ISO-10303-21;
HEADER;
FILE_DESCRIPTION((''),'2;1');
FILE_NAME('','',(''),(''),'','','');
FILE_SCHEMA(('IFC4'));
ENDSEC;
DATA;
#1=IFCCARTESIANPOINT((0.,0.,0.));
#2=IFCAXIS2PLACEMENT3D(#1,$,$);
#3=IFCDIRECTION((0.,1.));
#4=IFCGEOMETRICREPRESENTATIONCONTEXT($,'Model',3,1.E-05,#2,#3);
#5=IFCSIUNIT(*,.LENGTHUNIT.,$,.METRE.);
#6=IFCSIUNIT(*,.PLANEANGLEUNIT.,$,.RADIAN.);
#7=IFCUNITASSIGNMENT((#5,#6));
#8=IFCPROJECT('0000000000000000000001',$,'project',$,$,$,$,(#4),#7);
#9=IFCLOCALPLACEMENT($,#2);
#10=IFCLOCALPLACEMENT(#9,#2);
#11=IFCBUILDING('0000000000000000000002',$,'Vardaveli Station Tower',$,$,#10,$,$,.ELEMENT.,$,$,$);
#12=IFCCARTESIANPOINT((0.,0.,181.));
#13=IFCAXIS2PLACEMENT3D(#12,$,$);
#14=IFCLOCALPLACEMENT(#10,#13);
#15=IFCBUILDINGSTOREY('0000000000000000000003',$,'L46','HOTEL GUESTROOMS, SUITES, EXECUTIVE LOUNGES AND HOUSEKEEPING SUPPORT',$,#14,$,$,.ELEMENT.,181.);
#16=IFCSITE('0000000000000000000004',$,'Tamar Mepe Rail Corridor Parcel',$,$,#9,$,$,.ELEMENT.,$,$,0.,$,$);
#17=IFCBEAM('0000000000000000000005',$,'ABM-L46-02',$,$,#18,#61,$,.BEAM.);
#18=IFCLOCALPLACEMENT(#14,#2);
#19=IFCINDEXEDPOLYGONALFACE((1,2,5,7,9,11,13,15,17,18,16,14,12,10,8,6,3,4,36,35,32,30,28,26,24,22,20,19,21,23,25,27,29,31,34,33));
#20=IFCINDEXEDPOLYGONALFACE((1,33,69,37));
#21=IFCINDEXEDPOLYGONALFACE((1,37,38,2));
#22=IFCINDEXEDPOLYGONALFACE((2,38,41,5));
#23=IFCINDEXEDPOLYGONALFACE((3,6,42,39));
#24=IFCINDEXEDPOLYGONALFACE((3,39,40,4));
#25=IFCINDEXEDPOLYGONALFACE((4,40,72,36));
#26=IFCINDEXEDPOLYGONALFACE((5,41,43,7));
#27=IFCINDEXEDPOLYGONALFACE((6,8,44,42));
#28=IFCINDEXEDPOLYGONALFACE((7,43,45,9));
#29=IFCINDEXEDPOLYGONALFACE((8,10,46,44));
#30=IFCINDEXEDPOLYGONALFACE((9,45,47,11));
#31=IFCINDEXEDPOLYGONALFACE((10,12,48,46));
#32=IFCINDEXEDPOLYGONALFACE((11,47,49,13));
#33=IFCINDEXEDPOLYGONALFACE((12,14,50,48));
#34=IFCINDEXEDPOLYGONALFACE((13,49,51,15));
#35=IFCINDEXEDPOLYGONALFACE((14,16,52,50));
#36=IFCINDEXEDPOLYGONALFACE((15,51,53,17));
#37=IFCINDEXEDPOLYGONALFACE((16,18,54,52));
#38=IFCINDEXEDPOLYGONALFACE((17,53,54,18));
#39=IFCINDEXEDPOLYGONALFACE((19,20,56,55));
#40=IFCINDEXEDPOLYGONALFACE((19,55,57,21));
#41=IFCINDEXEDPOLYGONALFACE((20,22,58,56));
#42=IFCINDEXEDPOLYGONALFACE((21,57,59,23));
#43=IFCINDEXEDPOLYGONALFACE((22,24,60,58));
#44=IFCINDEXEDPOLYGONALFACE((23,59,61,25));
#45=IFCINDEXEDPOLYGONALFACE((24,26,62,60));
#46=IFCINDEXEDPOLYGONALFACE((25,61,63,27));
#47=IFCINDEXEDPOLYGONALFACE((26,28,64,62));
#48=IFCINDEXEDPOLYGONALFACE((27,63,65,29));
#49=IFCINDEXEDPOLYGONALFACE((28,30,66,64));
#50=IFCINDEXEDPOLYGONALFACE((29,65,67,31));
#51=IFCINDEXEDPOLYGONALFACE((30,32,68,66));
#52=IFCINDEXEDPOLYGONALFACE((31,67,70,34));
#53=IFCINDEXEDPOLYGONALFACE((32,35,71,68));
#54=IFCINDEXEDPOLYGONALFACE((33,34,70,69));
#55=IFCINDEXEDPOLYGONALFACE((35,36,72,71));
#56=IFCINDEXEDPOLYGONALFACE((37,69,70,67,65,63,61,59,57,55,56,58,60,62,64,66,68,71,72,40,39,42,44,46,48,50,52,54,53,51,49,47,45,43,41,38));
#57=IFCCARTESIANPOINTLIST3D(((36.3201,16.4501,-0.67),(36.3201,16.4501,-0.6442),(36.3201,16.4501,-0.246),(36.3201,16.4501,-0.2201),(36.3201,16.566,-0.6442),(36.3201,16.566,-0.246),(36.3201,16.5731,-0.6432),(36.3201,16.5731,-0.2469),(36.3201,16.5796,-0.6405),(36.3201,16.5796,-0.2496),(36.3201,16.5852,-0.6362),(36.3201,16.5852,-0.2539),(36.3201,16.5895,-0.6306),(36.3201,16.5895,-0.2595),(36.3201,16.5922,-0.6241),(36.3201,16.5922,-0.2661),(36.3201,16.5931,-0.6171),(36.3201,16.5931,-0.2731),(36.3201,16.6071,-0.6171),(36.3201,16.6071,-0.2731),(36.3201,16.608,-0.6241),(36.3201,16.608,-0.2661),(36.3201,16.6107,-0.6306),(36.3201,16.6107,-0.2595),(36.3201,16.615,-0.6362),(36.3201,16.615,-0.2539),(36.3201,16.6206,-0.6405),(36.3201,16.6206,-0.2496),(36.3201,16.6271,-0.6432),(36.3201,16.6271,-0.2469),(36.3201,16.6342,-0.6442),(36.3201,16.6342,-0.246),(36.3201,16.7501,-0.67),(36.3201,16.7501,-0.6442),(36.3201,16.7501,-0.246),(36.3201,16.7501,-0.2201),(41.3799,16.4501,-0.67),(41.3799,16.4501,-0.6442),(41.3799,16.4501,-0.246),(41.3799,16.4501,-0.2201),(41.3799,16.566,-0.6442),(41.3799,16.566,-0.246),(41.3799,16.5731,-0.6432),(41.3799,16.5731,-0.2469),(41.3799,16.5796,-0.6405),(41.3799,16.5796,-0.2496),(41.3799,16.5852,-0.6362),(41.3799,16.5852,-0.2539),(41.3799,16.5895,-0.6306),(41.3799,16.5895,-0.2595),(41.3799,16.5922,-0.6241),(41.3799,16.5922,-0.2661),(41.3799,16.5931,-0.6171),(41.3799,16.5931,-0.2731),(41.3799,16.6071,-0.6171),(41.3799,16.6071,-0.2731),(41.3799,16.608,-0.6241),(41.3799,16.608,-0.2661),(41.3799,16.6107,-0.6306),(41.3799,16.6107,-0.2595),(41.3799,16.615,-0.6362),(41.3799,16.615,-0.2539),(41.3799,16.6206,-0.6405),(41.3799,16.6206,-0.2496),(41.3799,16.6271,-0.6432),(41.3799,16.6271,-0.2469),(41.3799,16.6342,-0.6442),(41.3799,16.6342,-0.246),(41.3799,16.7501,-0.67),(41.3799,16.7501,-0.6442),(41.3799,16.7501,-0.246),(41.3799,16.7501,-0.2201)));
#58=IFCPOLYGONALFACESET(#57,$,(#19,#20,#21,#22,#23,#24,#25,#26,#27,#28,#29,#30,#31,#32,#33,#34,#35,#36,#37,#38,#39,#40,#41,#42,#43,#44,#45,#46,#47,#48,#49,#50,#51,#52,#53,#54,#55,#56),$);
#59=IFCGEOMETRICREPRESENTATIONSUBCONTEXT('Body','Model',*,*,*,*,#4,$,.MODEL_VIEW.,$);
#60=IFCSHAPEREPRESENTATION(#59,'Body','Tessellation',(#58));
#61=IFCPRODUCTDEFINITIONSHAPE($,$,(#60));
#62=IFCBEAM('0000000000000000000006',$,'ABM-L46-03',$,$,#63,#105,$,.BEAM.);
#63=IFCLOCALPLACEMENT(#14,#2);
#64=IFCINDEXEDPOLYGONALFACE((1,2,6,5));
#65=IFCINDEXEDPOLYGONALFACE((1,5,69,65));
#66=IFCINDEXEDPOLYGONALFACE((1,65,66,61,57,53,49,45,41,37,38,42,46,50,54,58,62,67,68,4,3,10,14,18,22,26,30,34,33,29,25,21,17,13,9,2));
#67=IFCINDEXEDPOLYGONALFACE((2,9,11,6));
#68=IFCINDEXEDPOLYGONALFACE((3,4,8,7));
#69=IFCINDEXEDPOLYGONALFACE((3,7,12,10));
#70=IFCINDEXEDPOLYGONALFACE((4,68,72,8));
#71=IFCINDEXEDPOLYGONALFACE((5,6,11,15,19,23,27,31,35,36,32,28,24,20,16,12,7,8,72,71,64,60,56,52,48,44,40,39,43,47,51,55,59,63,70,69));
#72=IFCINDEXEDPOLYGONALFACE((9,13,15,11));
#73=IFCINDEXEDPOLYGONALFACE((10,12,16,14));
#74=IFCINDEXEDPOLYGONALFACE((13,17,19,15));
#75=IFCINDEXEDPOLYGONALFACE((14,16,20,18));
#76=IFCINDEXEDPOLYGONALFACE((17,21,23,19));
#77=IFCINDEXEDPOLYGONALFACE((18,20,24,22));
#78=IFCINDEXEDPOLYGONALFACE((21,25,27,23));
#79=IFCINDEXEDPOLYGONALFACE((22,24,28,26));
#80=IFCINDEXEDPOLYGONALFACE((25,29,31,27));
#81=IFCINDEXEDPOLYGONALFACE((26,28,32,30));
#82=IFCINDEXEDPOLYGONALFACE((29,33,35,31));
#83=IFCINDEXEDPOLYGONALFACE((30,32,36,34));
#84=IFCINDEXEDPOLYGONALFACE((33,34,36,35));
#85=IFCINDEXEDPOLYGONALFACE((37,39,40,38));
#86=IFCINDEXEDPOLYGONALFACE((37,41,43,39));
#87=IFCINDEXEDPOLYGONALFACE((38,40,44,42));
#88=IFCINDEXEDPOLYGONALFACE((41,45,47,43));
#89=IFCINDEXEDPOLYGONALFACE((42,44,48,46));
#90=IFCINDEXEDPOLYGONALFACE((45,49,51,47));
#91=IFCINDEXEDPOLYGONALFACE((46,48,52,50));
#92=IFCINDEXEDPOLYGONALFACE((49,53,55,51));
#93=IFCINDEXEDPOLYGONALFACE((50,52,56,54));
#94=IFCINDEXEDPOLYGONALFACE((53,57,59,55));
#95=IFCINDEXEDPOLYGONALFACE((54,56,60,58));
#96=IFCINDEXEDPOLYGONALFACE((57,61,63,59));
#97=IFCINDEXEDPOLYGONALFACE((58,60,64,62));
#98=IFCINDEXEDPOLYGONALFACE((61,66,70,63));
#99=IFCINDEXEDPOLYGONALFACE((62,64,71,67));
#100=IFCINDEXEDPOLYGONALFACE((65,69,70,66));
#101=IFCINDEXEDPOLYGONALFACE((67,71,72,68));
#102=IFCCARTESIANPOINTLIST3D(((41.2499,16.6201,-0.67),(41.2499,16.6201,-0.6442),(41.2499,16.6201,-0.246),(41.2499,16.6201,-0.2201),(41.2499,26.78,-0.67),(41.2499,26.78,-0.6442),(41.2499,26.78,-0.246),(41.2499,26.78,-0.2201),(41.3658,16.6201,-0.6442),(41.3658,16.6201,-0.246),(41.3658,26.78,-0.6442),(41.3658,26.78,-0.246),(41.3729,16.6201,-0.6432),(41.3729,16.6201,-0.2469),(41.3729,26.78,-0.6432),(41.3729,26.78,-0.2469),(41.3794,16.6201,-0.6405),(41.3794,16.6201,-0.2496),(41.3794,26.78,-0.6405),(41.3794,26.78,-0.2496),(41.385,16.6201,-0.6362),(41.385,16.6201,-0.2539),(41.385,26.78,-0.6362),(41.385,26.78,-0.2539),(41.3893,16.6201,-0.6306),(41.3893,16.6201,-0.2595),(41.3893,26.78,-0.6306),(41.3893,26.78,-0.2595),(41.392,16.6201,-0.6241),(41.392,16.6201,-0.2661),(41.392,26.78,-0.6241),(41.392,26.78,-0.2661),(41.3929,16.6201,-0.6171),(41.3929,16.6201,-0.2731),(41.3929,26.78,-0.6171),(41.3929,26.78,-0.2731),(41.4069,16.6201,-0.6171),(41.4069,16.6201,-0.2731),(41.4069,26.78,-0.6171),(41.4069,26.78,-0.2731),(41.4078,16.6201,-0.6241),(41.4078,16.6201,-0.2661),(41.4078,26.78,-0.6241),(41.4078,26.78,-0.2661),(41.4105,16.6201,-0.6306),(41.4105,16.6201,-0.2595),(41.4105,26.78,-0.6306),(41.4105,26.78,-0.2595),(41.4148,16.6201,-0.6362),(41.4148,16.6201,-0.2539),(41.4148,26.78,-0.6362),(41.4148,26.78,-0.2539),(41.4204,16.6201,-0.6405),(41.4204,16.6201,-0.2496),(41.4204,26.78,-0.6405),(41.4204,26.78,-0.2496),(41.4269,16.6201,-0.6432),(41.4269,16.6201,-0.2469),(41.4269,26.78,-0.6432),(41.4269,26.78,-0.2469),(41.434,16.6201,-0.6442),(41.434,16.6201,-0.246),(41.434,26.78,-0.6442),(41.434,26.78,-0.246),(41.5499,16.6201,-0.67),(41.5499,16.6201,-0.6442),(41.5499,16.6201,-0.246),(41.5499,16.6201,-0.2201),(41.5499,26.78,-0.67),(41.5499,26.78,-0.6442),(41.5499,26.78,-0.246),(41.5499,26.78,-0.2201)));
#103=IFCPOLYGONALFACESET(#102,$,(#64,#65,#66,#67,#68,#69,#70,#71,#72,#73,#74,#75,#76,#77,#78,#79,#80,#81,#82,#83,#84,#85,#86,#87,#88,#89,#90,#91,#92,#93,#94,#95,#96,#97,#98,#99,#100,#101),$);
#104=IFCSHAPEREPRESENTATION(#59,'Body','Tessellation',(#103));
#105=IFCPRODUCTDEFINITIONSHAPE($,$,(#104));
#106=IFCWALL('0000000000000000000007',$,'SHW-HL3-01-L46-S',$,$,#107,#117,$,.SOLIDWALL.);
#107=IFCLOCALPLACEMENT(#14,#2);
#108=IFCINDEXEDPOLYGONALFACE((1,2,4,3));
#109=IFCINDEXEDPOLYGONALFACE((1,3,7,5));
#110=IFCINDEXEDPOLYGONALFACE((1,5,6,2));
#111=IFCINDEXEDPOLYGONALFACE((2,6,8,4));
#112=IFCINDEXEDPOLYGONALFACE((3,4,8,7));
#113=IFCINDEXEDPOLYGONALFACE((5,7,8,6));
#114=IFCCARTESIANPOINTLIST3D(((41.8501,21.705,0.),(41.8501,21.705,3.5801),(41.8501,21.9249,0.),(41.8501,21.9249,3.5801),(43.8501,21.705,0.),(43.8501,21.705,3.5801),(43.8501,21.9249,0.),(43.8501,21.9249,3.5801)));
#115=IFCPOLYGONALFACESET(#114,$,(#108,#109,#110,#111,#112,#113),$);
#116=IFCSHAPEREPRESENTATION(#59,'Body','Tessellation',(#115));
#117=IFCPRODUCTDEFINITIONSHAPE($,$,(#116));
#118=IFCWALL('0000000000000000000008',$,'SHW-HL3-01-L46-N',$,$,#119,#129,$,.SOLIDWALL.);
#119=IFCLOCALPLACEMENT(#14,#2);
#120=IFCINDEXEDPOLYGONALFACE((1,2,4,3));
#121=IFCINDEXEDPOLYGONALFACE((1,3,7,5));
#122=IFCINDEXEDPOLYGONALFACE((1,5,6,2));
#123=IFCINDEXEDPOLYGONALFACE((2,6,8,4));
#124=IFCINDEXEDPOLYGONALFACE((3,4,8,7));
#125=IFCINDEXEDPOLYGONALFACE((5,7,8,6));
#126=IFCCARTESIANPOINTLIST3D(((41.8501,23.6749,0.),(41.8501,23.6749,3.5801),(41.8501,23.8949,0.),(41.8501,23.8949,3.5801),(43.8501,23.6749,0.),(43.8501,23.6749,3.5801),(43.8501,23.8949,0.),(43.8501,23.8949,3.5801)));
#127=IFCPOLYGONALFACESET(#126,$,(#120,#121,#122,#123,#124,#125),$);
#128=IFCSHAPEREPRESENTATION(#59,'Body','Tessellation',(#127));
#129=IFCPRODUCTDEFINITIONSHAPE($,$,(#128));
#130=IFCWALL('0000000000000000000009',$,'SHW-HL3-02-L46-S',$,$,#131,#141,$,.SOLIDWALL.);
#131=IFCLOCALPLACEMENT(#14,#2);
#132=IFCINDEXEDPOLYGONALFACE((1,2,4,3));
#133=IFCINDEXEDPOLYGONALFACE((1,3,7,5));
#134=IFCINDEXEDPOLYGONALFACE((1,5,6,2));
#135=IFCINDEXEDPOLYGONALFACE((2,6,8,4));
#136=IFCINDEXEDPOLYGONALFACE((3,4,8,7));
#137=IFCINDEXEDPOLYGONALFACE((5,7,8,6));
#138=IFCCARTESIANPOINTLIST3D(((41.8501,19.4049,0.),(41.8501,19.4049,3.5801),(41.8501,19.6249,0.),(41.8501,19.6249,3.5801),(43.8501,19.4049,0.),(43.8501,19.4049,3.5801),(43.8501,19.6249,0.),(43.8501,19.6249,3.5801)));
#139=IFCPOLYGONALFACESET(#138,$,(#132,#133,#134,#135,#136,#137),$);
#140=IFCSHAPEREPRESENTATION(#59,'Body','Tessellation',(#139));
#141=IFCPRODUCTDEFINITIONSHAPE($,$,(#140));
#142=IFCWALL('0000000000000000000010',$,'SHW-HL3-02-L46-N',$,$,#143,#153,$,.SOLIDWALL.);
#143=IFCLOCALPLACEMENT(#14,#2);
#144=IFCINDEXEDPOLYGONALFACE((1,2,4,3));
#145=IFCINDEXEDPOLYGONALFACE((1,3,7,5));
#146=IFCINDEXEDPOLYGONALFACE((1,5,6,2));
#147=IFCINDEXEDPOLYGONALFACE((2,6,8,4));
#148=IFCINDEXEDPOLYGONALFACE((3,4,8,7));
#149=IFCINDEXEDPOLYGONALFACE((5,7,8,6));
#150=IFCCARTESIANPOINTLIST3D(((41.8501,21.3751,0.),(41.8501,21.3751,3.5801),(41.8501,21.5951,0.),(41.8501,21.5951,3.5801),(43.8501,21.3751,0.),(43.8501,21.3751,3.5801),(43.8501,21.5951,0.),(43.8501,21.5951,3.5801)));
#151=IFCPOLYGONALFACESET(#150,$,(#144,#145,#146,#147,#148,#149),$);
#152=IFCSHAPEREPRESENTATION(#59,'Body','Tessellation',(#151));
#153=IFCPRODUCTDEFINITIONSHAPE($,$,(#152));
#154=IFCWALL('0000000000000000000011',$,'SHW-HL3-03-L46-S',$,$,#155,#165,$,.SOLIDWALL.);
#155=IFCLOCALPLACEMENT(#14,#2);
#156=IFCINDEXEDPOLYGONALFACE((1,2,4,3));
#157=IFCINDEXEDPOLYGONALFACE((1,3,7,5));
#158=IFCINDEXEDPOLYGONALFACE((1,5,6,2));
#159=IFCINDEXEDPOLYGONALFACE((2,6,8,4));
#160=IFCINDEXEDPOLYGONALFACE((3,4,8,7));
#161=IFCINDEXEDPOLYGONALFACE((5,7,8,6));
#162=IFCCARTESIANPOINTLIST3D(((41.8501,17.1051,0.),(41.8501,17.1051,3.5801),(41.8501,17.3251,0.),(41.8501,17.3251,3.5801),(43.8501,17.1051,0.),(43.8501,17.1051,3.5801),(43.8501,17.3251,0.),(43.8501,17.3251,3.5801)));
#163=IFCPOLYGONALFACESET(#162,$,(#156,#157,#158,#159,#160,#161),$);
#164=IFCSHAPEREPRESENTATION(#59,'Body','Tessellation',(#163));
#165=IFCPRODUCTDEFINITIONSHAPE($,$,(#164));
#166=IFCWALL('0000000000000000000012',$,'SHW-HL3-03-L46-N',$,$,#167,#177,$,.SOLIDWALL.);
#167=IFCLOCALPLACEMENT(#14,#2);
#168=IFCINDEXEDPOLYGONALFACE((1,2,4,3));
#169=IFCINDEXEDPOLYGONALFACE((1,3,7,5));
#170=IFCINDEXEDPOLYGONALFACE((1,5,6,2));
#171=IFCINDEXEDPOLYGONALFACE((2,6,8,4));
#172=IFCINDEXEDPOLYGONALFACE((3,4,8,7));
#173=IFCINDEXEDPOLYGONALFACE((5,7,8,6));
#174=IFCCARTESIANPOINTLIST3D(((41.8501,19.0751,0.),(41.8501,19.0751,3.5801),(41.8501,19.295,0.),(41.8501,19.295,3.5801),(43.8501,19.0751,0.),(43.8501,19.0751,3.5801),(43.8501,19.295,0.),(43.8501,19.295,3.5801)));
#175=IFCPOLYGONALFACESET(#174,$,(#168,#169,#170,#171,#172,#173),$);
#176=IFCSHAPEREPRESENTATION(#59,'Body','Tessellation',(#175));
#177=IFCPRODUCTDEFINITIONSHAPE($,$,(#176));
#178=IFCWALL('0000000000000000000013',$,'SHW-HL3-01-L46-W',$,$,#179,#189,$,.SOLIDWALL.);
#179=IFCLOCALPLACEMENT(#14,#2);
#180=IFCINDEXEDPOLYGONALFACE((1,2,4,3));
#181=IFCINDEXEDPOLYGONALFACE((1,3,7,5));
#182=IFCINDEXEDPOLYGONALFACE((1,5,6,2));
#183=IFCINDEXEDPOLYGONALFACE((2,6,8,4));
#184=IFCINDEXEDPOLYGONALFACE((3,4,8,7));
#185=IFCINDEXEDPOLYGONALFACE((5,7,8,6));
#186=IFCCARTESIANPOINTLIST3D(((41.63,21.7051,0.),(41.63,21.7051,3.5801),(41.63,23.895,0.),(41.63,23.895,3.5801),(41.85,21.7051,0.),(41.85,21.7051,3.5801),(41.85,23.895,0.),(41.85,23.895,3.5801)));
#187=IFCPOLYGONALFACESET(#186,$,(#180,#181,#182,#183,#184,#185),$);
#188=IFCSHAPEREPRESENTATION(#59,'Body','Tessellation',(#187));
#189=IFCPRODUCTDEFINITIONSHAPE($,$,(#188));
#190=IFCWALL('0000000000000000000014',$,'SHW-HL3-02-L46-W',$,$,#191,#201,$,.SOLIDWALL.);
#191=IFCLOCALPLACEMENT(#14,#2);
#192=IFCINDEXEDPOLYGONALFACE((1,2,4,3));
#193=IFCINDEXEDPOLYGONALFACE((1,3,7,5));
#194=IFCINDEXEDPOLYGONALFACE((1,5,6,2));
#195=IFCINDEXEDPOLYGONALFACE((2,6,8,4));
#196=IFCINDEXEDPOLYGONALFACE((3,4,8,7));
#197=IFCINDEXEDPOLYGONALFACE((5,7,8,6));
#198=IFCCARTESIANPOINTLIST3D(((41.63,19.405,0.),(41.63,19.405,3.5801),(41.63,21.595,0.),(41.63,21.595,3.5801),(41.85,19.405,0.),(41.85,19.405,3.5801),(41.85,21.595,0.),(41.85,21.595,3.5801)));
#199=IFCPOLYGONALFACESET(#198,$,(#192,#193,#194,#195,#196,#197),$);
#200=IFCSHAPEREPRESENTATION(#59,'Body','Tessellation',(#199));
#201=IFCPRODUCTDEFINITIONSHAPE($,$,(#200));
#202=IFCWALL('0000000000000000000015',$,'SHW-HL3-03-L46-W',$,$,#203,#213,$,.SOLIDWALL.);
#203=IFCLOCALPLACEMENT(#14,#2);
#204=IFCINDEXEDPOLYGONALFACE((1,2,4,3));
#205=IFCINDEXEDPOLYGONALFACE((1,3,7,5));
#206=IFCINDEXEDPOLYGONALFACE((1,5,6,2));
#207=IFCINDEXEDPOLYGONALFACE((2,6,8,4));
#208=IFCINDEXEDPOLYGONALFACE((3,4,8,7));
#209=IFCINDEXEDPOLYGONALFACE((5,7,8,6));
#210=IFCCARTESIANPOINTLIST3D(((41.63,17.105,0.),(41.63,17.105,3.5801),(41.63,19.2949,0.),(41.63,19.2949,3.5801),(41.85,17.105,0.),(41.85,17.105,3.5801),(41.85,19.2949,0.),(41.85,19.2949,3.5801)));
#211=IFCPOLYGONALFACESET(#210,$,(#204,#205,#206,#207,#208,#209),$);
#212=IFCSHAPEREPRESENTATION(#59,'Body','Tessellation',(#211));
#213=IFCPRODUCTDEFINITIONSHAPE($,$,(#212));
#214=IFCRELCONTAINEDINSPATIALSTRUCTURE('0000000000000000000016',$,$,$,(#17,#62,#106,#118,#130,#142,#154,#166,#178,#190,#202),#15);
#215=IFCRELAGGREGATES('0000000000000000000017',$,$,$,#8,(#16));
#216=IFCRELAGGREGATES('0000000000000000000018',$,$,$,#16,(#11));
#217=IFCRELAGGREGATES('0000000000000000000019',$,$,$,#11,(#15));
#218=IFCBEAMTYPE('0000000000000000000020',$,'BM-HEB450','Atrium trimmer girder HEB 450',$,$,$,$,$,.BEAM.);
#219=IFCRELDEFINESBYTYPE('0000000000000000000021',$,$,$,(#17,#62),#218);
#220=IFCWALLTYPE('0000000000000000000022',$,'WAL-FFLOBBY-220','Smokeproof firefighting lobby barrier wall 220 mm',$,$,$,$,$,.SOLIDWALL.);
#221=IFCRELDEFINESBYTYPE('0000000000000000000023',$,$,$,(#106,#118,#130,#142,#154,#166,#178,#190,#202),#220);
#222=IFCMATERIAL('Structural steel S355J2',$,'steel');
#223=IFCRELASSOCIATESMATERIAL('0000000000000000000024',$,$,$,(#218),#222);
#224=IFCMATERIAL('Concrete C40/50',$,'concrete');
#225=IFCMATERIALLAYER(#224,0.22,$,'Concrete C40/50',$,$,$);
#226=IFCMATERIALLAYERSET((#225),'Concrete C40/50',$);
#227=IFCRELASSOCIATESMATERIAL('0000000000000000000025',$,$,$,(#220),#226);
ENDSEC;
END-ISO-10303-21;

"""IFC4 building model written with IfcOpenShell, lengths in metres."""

from ifc_helpers import new_model, si_unit, direction, frame, frame_2d, origin, origin_2d, place, context, subcontext, project, spatial, rectangle, i_section, extrude, source, transform, mapped, material, layer, layer_set, material_profile, profile_set, type_object, element, save


model = new_model("IFC4")

# Units and contexts
model_context = context("Model", 3, precision=1e-05, world=origin(), true_north=direction((0.0, 1.0)))
body_context = subcontext(model_context, "Body", "Model", "MODEL_VIEW")
ifc_project = project(units=[si_unit("LENGTHUNIT", "METRE"), si_unit("PLANEANGLEUNIT", "RADIAN")], contexts=[model_context])

# Site, building, storey
site_placement = place(None, origin())
site = spatial("IfcSite", under=ifc_project, at=site_placement, Name="Tamar Mepe Rail Corridor Parcel", CompositionType="ELEMENT", RefElevation=0.0)
building_placement = place(site_placement, origin())
building = spatial("IfcBuilding", under=site, at=building_placement, Name="Vardaveli Station Tower", CompositionType="ELEMENT")
storey_placement = place(building_placement, frame((0.0, 0.0, 181.0)))
storey = spatial("IfcBuildingStorey", under=building, at=storey_placement, Name="L46", Description="HOTEL GUESTROOMS, SUITES, EXECUTIVE LOUNGES AND HOUSEKEEPING SUPPORT", CompositionType="ELEMENT", Elevation=181.0)

# Beams
ifc_material_1 = material(Name="Structural steel S355J2", Category="steel")
ifc_material_profile_1 = material_profile(ifc_material_1, i_section(OverallWidth=0.3, OverallDepth=0.45, WebThickness=0.0139, FlangeThickness=0.0259, FilletRadius=0.0271, at=origin_2d()), Name="HEB 450")
ifc_profile_set_1 = profile_set([ifc_material_profile_1], Name="Structural steel S355J2")
beam_type = type_object("IfcBeamType", Name="BM-HEB450", Description="Atrium trimmer girder HEB 450", PredefinedType="BEAM", material=ifc_profile_set_1)
shared_shape_1 = source(origin(), body_context, "Body", "SweptSolid", [
    extrude(i_section(OverallWidth=0.3, OverallDepth=0.45, WebThickness=0.0139, FlangeThickness=0.0259, FilletRadius=0.0271, at=origin_2d()), origin(), (0.0, 0.0, 1.0), 5.0598),
])
beam_1_placement = place(storey_placement, frame((36.3201, 16.6001, -0.4451), z_axis=(1.0, 0.0, 0.0), x_axis=(0.0, 1.0, 0.0)))
element("IfcBeam", 1, at=beam_1_placement, inside=storey, type_object=beam_type, Name="ABM-L46-02", PredefinedType="BEAM", context=body_context, shape_type="MappedRepresentation", body=[
    mapped(shared_shape_1, transform((0.0, 0.0, 0.0), scale=1.0)),
])
shared_shape_2 = source(origin(), body_context, "Body", "SweptSolid", [
    extrude(i_section(OverallWidth=0.3, OverallDepth=0.45, WebThickness=0.0139, FlangeThickness=0.0259, FilletRadius=0.0271, at=origin_2d()), origin(), (0.0, 0.0, 1.0), 10.1599),
])
beam_2_placement = place(storey_placement, frame((41.3999, 16.6201, -0.4451), z_axis=(0.0, 1.0, 0.0), x_axis=(-1.0, 0.0, 0.0)))
element("IfcBeam", 2, at=beam_2_placement, inside=storey, type_object=beam_type, Name="ABM-L46-03", PredefinedType="BEAM", context=body_context, shape_type="MappedRepresentation", body=[
    mapped(shared_shape_2, transform((0.0, 0.0, 0.0), scale=1.0)),
])

# Walls
ifc_material_2 = material(Name="Concrete C40/50", Category="concrete")
ifc_layer_1 = layer(ifc_material_2, 0.22, Name="Concrete C40/50")
ifc_layer_set_1 = layer_set([ifc_layer_1], Name="Concrete C40/50")
wall_type_1 = type_object("IfcWallType", Name="WAL-FFLOBBY-220", Description="Smokeproof firefighting lobby barrier wall 220 mm", PredefinedType="SOLIDWALL", material=ifc_layer_set_1)
shared_shape_3 = source(origin(), body_context, "Body", "SweptSolid", [
    extrude(rectangle(XDim=2.0, YDim=0.22, at=frame_2d((1.0, 0.0))), origin(), (0.0, 0.0, 1.0), 3.5801),
])
for number, where, z_axis, x_axis, name in (
    (3, (41.8501, 21.8149, 0.0), (0.0, 0.0, 1.0), (1.0, 0.0, 0.0), "SHW-HL3-01-L46-S"),
    (4, (41.8501, 23.7849, 0.0), (0.0, 0.0, 1.0), (1.0, 0.0, 0.0), "SHW-HL3-01-L46-N"),
    (5, (41.8501, 19.5149, 0.0), (0.0, 0.0, 1.0), (1.0, 0.0, 0.0), "SHW-HL3-02-L46-S"),
    (6, (41.8501, 21.4851, 0.0), (0.0, 0.0, 1.0), (1.0, 0.0, 0.0), "SHW-HL3-02-L46-N"),
    (7, (41.8501, 17.2151, 0.0), (0.0, 0.0, 1.0), (1.0, 0.0, 0.0), "SHW-HL3-03-L46-S"),
    (8, (41.8501, 19.1851, 0.0), (0.0, 0.0, 1.0), (1.0, 0.0, 0.0), "SHW-HL3-03-L46-N"),
):
    element("IfcWall", number, at=place(storey_placement, frame(where, z_axis=z_axis, x_axis=x_axis)), inside=storey, type_object=wall_type_1, Name=name, PredefinedType="SOLIDWALL", context=body_context, shape_type="MappedRepresentation", body=[
        mapped(shared_shape_3, transform((0.0, 0.0, 0.0), scale=1.0)),
    ])
shared_shape_4 = source(origin(), body_context, "Body", "SweptSolid", [
    extrude(rectangle(XDim=2.1899, YDim=0.22, at=frame_2d((1.095, 0.0))), origin(), (0.0, 0.0, 1.0), 3.5801),
])
for number, where, z_axis, x_axis, name in (
    (9, (41.74, 21.7051, 0.0), (0.0, 0.0, 1.0), (0.0, 1.0, 0.0), "SHW-HL3-01-L46-W"),
    (10, (41.74, 19.405, 0.0), (0.0, 0.0, 1.0), (0.0, 1.0, 0.0), "SHW-HL3-02-L46-W"),
    (11, (41.74, 17.105, 0.0), (0.0, 0.0, 1.0), (0.0, 1.0, 0.0), "SHW-HL3-03-L46-W"),
):
    element("IfcWall", number, at=place(storey_placement, frame(where, z_axis=z_axis, x_axis=x_axis)), inside=storey, type_object=wall_type_1, Name=name, PredefinedType="SOLIDWALL", context=body_context, shape_type="MappedRepresentation", body=[
        mapped(shared_shape_4, transform((0.0, 0.0, 0.0), scale=1.0)),
    ])

save(model, "model.ifc")
